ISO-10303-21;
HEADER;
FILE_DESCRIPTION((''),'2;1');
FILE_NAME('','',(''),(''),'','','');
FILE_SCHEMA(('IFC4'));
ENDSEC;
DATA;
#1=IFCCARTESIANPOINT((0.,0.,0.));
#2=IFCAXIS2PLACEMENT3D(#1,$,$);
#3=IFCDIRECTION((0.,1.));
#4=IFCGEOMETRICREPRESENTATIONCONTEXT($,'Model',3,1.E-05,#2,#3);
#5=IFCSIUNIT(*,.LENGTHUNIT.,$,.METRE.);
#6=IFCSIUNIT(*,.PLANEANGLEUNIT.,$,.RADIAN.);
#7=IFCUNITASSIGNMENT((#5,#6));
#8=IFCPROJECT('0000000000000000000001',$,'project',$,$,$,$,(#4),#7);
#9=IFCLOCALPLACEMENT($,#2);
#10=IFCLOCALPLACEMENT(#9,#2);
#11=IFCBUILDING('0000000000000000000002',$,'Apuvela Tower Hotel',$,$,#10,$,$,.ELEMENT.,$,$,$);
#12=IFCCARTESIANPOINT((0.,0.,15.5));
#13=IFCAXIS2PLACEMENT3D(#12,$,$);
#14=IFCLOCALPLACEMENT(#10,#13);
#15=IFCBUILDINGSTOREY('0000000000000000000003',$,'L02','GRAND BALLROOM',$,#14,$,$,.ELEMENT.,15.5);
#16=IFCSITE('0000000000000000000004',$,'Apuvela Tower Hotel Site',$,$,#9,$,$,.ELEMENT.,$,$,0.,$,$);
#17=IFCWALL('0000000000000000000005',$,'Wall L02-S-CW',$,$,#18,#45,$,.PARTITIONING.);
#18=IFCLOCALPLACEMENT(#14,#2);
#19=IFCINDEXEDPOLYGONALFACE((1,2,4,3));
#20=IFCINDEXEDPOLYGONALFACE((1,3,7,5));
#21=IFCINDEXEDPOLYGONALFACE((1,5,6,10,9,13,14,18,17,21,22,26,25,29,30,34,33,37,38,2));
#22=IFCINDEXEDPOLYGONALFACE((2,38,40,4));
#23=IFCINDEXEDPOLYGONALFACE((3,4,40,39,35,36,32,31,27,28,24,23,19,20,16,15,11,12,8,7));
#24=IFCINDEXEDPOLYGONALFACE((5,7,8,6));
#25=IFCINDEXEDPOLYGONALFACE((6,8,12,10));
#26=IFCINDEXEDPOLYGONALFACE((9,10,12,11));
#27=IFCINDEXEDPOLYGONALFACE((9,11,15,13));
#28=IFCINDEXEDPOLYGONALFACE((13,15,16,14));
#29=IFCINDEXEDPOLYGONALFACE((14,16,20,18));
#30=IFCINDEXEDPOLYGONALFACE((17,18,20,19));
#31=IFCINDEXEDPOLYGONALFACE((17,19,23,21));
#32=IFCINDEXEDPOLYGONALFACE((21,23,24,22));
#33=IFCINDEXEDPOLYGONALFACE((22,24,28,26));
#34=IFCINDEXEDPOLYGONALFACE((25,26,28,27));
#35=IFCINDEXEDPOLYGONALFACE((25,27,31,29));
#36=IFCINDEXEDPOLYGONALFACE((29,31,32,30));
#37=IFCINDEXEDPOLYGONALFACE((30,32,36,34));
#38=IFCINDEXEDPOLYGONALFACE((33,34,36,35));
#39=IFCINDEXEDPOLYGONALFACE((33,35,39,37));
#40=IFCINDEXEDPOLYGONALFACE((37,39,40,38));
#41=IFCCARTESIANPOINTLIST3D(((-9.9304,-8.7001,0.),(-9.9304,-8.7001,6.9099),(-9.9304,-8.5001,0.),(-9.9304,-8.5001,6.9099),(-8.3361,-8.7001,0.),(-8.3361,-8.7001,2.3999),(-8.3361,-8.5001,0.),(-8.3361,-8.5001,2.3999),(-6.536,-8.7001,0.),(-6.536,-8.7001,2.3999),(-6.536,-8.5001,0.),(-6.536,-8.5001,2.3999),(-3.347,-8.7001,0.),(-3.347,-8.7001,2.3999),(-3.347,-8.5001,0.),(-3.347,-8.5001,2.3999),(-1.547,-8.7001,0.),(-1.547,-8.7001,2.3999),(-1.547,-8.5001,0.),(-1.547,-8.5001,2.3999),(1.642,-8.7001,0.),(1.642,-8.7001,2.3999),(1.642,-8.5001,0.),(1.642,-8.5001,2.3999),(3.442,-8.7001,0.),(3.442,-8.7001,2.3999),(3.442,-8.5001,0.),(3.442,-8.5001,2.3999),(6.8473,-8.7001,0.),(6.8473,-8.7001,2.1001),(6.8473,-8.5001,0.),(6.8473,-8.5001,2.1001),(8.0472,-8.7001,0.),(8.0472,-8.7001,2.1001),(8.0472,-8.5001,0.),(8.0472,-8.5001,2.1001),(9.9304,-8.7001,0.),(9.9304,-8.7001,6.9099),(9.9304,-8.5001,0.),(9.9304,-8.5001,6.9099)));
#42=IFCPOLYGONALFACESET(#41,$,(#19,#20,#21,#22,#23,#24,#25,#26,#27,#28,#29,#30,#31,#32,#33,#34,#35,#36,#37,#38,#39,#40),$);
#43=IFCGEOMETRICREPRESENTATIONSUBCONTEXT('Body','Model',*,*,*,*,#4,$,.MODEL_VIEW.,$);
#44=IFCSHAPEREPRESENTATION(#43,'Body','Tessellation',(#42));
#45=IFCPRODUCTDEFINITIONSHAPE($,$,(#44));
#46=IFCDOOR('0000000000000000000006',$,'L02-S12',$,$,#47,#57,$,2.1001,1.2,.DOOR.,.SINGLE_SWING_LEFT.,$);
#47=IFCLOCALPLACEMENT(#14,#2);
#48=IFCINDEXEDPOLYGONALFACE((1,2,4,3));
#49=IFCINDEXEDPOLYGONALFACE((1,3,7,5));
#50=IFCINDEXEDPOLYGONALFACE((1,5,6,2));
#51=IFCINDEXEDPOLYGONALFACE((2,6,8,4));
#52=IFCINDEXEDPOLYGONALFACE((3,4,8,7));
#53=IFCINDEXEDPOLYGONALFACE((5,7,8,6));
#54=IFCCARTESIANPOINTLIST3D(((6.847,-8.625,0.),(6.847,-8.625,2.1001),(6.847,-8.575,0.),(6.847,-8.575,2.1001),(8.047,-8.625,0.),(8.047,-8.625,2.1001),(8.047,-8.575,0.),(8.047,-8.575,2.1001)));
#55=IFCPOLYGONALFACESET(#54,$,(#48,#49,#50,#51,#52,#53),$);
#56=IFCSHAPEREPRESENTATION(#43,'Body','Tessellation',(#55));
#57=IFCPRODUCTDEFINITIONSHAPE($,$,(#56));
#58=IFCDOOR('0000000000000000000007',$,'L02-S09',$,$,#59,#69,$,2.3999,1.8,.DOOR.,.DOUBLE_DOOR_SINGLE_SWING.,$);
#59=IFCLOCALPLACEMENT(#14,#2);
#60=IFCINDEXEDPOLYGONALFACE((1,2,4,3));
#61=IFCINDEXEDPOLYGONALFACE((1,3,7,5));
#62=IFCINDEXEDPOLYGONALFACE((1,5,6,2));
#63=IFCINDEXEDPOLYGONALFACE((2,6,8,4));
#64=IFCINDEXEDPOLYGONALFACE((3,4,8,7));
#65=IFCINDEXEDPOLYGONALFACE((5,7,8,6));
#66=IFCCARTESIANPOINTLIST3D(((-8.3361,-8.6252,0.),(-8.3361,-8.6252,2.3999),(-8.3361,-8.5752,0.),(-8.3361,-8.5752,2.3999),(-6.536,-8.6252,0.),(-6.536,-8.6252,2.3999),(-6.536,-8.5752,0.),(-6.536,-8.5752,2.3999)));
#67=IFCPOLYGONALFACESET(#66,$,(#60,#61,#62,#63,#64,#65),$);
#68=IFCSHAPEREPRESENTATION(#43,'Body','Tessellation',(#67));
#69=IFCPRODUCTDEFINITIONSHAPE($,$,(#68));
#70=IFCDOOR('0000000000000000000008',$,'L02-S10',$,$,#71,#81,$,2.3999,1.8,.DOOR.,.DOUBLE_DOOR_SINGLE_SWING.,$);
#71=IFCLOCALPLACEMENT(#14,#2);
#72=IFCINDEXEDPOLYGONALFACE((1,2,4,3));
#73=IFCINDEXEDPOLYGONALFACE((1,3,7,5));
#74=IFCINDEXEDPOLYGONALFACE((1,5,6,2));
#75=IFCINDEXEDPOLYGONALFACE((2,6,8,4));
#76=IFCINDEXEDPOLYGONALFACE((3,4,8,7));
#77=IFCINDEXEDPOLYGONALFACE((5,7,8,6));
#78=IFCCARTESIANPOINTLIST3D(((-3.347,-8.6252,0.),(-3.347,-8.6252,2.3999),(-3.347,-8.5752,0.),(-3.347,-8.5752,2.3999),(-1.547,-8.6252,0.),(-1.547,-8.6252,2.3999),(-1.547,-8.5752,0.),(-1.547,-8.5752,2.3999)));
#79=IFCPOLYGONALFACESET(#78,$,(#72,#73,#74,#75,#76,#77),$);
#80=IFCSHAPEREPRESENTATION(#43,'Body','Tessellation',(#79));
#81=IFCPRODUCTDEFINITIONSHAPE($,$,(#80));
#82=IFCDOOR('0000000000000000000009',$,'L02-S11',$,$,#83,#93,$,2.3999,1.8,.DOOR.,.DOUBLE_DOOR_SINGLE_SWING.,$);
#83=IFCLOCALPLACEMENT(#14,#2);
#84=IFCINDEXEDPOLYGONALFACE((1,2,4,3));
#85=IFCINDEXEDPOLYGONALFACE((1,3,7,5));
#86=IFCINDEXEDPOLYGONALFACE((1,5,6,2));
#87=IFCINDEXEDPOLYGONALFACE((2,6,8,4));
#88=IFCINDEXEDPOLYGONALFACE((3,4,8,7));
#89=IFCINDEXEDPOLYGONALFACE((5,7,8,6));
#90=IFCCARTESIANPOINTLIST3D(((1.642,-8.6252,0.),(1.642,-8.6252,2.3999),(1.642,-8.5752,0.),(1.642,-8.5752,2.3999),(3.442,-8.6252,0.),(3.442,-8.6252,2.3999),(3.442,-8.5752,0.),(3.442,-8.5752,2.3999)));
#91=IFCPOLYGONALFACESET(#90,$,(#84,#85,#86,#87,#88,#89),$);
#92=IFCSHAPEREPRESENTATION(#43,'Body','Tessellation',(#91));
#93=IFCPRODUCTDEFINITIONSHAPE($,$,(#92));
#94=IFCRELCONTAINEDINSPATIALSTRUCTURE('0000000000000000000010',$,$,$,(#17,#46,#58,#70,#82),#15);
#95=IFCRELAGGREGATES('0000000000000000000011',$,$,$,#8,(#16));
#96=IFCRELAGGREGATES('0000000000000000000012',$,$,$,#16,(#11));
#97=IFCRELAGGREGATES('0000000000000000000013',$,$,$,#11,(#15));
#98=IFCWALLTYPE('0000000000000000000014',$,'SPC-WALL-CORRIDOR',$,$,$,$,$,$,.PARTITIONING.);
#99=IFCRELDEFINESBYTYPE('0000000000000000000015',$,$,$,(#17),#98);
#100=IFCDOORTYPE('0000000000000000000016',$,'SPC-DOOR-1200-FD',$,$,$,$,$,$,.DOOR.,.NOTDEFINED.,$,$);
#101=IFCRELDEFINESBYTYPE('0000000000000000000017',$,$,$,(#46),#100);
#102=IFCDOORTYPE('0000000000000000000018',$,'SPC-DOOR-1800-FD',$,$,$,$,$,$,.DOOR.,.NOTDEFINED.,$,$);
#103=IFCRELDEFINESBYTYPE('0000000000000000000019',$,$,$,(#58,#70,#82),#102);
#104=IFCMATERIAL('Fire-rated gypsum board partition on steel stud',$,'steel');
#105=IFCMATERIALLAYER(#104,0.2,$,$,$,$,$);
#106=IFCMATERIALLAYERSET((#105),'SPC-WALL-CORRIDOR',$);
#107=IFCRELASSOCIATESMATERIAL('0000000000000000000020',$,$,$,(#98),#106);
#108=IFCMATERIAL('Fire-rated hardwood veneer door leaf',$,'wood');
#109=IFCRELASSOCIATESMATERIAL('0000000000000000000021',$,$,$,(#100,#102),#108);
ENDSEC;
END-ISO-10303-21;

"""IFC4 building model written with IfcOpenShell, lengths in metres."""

from ifc_helpers import new_model, si_unit, direction, frame, frame_2d, origin, place, context, subcontext, project, spatial, rectangle, extrude, material, layer, layer_set, type_object, element, fill, save


model = new_model("IFC4")

# Units and contexts
model_context = context("Model", 3, precision=1e-05, world=origin(), true_north=direction((0.0, 1.0)))
body_context = subcontext(model_context, "Body", "Model", "MODEL_VIEW")
ifc_project = project(units=[si_unit("LENGTHUNIT", "METRE"), si_unit("PLANEANGLEUNIT", "RADIAN")], contexts=[model_context])

# Site, building, storey
site_placement = place(None, origin())
site = spatial("IfcSite", under=ifc_project, at=site_placement, Name="Apuvela Tower Hotel Site", CompositionType="ELEMENT", RefElevation=0.0)
building_placement = place(site_placement, origin())
building = spatial("IfcBuilding", under=site, at=building_placement, Name="Apuvela Tower Hotel", CompositionType="ELEMENT")
storey_placement = place(building_placement, frame((0.0, 0.0, 15.5)))
storey = spatial("IfcBuildingStorey", under=building, at=storey_placement, Name="L02", Description="GRAND BALLROOM", CompositionType="ELEMENT", Elevation=15.5)

# Wall, openings, doors
ifc_material_1 = material(Name="Fire-rated gypsum board partition on steel stud", Category="steel")
ifc_layer_1 = layer(ifc_material_1, 0.2)
ifc_layer_set_1 = layer_set([ifc_layer_1], Name="SPC-WALL-CORRIDOR")
wall_type_1 = type_object("IfcWallType", Name="SPC-WALL-CORRIDOR", PredefinedType="PARTITIONING", material=ifc_layer_set_1)
wall_1_placement = place(storey_placement, frame((-9.9304, -8.6001, 0.0), z_axis=(0.0, 0.0, 1.0), x_axis=(1.0, 0.0, 0.0)))
wall_1 = element("IfcWall", 1, at=wall_1_placement, inside=storey, type_object=wall_type_1, Name="Wall L02-S-CW", PredefinedType="PARTITIONING", context=body_context, shape_type="SweptSolid", body=[
    extrude(rectangle(XDim=19.8608, YDim=0.2, at=frame_2d((9.9304, 0.0))), origin(), (0.0, 0.0, 1.0), 6.9099),
])
opening_1_placement = place(wall_1_placement, frame((1.5945, 0.0, 0.0)))
opening_1 = element("IfcOpeningElement", 2, at=opening_1_placement, cuts=wall_1, PredefinedType="OPENING", context=body_context, shape_type="SweptSolid", body=[
    extrude(rectangle(XDim=1.8, YDim=2.3999, at=frame_2d((0.8999, 1.2))), frame((0.0, 0.1099, 0.0), z_axis=(0.0, -1.0, 0.0), x_axis=(1.0, 0.0, 0.0)), (0.0, 0.0, 1.0), 0.22),
])
opening_2_placement = place(wall_1_placement, frame((6.5835, 0.0, 0.0)))
opening_2 = element("IfcOpeningElement", 3, at=opening_2_placement, cuts=wall_1, PredefinedType="OPENING", context=body_context, shape_type="SweptSolid", body=[
    extrude(rectangle(XDim=1.8, YDim=2.3999, at=frame_2d((0.8999, 1.2))), frame((0.0, 0.1099, 0.0), z_axis=(0.0, -1.0, 0.0), x_axis=(1.0, 0.0, 0.0)), (0.0, 0.0, 1.0), 0.22),
])
opening_3_placement = place(wall_1_placement, frame((11.5725, 0.0, 0.0)))
opening_3 = element("IfcOpeningElement", 4, at=opening_3_placement, cuts=wall_1, PredefinedType="OPENING", context=body_context, shape_type="SweptSolid", body=[
    extrude(rectangle(XDim=1.8, YDim=2.3999, at=frame_2d((0.8999, 1.2))), frame((0.0, 0.1099, 0.0), z_axis=(0.0, -1.0, 0.0), x_axis=(1.0, 0.0, 0.0)), (0.0, 0.0, 1.0), 0.22),
])
opening_4_placement = place(wall_1_placement, frame((16.7776, 0.0, 0.0)))
opening_4 = element("IfcOpeningElement", 5, at=opening_4_placement, cuts=wall_1, PredefinedType="OPENING", context=body_context, shape_type="SweptSolid", body=[
    extrude(rectangle(XDim=1.2, YDim=2.1001, at=frame_2d((0.6001, 1.05))), frame((0.0, 0.1099, 0.0), z_axis=(0.0, -1.0, 0.0), x_axis=(1.0, 0.0, 0.0)), (0.0, 0.0, 1.0), 0.22),
])
ifc_material_2 = material(Name="Fire-rated hardwood veneer door leaf", Category="wood")
door_type_1 = type_object("IfcDoorType", Name="SPC-DOOR-1200-FD", OperationType="NOTDEFINED", PredefinedType="DOOR", material=ifc_material_2)
door_1_placement = place(opening_4_placement, frame((1.2, 0.0, 0.0), z_axis=(0.0, 0.0, 1.0), x_axis=(-1.0, 0.0, 0.0)))
door_1 = element("IfcDoor", 6, at=door_1_placement, inside=storey, type_object=door_type_1, Name="L02-S12", OperationType="SINGLE_SWING_LEFT", OverallHeight=2.1001, OverallWidth=1.2, PredefinedType="DOOR", context=body_context, shape_type="SweptSolid", body=[
    extrude(rectangle(XDim=1.2, YDim=2.1001, at=frame_2d((0.6001, 1.05))), frame((0.0, 0.0249, 0.0), z_axis=(0.0, -1.0, 0.0), x_axis=(1.0, 0.0, 0.0)), (0.0, 0.0, 1.0), 0.05),
])
fill(opening_4, door_1)
door_type_2 = type_object("IfcDoorType", Name="SPC-DOOR-1800-FD", OperationType="NOTDEFINED", PredefinedType="DOOR", material=ifc_material_2)
door_2_placement = place(opening_1_placement, origin())
door_2 = element("IfcDoor", 7, at=door_2_placement, inside=storey, type_object=door_type_2, Name="L02-S09", OperationType="DOUBLE_DOOR_SINGLE_SWING", OverallHeight=2.3999, OverallWidth=1.8, PredefinedType="DOOR", context=body_context, shape_type="SweptSolid", body=[
    extrude(rectangle(XDim=1.8, YDim=2.3999, at=frame_2d((0.8999, 1.2))), frame((0.0, 0.0249, 0.0), z_axis=(0.0, -1.0, 0.0), x_axis=(1.0, 0.0, 0.0)), (0.0, 0.0, 1.0), 0.05),
])
fill(opening_1, door_2)
door_3_placement = place(opening_2_placement, origin())
door_3 = element("IfcDoor", 8, at=door_3_placement, inside=storey, type_object=door_type_2, Name="L02-S10", OperationType="DOUBLE_DOOR_SINGLE_SWING", OverallHeight=2.3999, OverallWidth=1.8, PredefinedType="DOOR", context=body_context, shape_type="SweptSolid", body=[
    extrude(rectangle(XDim=1.8, YDim=2.3999, at=frame_2d((0.8999, 1.2))), frame((0.0, 0.0249, 0.0), z_axis=(0.0, -1.0, 0.0), x_axis=(1.0, 0.0, 0.0)), (0.0, 0.0, 1.0), 0.05),
])
fill(opening_2, door_3)
door_4_placement = place(opening_3_placement, origin())
door_4 = element("IfcDoor", 9, at=door_4_placement, inside=storey, type_object=door_type_2, Name="L02-S11", OperationType="DOUBLE_DOOR_SINGLE_SWING", OverallHeight=2.3999, OverallWidth=1.8, PredefinedType="DOOR", context=body_context, shape_type="SweptSolid", body=[
    extrude(rectangle(XDim=1.8, YDim=2.3999, at=frame_2d((0.8999, 1.2))), frame((0.0, 0.0249, 0.0), z_axis=(0.0, -1.0, 0.0), x_axis=(1.0, 0.0, 0.0)), (0.0, 0.0, 1.0), 0.05),
])
fill(opening_3, door_4)

save(model, "model.ifc")
